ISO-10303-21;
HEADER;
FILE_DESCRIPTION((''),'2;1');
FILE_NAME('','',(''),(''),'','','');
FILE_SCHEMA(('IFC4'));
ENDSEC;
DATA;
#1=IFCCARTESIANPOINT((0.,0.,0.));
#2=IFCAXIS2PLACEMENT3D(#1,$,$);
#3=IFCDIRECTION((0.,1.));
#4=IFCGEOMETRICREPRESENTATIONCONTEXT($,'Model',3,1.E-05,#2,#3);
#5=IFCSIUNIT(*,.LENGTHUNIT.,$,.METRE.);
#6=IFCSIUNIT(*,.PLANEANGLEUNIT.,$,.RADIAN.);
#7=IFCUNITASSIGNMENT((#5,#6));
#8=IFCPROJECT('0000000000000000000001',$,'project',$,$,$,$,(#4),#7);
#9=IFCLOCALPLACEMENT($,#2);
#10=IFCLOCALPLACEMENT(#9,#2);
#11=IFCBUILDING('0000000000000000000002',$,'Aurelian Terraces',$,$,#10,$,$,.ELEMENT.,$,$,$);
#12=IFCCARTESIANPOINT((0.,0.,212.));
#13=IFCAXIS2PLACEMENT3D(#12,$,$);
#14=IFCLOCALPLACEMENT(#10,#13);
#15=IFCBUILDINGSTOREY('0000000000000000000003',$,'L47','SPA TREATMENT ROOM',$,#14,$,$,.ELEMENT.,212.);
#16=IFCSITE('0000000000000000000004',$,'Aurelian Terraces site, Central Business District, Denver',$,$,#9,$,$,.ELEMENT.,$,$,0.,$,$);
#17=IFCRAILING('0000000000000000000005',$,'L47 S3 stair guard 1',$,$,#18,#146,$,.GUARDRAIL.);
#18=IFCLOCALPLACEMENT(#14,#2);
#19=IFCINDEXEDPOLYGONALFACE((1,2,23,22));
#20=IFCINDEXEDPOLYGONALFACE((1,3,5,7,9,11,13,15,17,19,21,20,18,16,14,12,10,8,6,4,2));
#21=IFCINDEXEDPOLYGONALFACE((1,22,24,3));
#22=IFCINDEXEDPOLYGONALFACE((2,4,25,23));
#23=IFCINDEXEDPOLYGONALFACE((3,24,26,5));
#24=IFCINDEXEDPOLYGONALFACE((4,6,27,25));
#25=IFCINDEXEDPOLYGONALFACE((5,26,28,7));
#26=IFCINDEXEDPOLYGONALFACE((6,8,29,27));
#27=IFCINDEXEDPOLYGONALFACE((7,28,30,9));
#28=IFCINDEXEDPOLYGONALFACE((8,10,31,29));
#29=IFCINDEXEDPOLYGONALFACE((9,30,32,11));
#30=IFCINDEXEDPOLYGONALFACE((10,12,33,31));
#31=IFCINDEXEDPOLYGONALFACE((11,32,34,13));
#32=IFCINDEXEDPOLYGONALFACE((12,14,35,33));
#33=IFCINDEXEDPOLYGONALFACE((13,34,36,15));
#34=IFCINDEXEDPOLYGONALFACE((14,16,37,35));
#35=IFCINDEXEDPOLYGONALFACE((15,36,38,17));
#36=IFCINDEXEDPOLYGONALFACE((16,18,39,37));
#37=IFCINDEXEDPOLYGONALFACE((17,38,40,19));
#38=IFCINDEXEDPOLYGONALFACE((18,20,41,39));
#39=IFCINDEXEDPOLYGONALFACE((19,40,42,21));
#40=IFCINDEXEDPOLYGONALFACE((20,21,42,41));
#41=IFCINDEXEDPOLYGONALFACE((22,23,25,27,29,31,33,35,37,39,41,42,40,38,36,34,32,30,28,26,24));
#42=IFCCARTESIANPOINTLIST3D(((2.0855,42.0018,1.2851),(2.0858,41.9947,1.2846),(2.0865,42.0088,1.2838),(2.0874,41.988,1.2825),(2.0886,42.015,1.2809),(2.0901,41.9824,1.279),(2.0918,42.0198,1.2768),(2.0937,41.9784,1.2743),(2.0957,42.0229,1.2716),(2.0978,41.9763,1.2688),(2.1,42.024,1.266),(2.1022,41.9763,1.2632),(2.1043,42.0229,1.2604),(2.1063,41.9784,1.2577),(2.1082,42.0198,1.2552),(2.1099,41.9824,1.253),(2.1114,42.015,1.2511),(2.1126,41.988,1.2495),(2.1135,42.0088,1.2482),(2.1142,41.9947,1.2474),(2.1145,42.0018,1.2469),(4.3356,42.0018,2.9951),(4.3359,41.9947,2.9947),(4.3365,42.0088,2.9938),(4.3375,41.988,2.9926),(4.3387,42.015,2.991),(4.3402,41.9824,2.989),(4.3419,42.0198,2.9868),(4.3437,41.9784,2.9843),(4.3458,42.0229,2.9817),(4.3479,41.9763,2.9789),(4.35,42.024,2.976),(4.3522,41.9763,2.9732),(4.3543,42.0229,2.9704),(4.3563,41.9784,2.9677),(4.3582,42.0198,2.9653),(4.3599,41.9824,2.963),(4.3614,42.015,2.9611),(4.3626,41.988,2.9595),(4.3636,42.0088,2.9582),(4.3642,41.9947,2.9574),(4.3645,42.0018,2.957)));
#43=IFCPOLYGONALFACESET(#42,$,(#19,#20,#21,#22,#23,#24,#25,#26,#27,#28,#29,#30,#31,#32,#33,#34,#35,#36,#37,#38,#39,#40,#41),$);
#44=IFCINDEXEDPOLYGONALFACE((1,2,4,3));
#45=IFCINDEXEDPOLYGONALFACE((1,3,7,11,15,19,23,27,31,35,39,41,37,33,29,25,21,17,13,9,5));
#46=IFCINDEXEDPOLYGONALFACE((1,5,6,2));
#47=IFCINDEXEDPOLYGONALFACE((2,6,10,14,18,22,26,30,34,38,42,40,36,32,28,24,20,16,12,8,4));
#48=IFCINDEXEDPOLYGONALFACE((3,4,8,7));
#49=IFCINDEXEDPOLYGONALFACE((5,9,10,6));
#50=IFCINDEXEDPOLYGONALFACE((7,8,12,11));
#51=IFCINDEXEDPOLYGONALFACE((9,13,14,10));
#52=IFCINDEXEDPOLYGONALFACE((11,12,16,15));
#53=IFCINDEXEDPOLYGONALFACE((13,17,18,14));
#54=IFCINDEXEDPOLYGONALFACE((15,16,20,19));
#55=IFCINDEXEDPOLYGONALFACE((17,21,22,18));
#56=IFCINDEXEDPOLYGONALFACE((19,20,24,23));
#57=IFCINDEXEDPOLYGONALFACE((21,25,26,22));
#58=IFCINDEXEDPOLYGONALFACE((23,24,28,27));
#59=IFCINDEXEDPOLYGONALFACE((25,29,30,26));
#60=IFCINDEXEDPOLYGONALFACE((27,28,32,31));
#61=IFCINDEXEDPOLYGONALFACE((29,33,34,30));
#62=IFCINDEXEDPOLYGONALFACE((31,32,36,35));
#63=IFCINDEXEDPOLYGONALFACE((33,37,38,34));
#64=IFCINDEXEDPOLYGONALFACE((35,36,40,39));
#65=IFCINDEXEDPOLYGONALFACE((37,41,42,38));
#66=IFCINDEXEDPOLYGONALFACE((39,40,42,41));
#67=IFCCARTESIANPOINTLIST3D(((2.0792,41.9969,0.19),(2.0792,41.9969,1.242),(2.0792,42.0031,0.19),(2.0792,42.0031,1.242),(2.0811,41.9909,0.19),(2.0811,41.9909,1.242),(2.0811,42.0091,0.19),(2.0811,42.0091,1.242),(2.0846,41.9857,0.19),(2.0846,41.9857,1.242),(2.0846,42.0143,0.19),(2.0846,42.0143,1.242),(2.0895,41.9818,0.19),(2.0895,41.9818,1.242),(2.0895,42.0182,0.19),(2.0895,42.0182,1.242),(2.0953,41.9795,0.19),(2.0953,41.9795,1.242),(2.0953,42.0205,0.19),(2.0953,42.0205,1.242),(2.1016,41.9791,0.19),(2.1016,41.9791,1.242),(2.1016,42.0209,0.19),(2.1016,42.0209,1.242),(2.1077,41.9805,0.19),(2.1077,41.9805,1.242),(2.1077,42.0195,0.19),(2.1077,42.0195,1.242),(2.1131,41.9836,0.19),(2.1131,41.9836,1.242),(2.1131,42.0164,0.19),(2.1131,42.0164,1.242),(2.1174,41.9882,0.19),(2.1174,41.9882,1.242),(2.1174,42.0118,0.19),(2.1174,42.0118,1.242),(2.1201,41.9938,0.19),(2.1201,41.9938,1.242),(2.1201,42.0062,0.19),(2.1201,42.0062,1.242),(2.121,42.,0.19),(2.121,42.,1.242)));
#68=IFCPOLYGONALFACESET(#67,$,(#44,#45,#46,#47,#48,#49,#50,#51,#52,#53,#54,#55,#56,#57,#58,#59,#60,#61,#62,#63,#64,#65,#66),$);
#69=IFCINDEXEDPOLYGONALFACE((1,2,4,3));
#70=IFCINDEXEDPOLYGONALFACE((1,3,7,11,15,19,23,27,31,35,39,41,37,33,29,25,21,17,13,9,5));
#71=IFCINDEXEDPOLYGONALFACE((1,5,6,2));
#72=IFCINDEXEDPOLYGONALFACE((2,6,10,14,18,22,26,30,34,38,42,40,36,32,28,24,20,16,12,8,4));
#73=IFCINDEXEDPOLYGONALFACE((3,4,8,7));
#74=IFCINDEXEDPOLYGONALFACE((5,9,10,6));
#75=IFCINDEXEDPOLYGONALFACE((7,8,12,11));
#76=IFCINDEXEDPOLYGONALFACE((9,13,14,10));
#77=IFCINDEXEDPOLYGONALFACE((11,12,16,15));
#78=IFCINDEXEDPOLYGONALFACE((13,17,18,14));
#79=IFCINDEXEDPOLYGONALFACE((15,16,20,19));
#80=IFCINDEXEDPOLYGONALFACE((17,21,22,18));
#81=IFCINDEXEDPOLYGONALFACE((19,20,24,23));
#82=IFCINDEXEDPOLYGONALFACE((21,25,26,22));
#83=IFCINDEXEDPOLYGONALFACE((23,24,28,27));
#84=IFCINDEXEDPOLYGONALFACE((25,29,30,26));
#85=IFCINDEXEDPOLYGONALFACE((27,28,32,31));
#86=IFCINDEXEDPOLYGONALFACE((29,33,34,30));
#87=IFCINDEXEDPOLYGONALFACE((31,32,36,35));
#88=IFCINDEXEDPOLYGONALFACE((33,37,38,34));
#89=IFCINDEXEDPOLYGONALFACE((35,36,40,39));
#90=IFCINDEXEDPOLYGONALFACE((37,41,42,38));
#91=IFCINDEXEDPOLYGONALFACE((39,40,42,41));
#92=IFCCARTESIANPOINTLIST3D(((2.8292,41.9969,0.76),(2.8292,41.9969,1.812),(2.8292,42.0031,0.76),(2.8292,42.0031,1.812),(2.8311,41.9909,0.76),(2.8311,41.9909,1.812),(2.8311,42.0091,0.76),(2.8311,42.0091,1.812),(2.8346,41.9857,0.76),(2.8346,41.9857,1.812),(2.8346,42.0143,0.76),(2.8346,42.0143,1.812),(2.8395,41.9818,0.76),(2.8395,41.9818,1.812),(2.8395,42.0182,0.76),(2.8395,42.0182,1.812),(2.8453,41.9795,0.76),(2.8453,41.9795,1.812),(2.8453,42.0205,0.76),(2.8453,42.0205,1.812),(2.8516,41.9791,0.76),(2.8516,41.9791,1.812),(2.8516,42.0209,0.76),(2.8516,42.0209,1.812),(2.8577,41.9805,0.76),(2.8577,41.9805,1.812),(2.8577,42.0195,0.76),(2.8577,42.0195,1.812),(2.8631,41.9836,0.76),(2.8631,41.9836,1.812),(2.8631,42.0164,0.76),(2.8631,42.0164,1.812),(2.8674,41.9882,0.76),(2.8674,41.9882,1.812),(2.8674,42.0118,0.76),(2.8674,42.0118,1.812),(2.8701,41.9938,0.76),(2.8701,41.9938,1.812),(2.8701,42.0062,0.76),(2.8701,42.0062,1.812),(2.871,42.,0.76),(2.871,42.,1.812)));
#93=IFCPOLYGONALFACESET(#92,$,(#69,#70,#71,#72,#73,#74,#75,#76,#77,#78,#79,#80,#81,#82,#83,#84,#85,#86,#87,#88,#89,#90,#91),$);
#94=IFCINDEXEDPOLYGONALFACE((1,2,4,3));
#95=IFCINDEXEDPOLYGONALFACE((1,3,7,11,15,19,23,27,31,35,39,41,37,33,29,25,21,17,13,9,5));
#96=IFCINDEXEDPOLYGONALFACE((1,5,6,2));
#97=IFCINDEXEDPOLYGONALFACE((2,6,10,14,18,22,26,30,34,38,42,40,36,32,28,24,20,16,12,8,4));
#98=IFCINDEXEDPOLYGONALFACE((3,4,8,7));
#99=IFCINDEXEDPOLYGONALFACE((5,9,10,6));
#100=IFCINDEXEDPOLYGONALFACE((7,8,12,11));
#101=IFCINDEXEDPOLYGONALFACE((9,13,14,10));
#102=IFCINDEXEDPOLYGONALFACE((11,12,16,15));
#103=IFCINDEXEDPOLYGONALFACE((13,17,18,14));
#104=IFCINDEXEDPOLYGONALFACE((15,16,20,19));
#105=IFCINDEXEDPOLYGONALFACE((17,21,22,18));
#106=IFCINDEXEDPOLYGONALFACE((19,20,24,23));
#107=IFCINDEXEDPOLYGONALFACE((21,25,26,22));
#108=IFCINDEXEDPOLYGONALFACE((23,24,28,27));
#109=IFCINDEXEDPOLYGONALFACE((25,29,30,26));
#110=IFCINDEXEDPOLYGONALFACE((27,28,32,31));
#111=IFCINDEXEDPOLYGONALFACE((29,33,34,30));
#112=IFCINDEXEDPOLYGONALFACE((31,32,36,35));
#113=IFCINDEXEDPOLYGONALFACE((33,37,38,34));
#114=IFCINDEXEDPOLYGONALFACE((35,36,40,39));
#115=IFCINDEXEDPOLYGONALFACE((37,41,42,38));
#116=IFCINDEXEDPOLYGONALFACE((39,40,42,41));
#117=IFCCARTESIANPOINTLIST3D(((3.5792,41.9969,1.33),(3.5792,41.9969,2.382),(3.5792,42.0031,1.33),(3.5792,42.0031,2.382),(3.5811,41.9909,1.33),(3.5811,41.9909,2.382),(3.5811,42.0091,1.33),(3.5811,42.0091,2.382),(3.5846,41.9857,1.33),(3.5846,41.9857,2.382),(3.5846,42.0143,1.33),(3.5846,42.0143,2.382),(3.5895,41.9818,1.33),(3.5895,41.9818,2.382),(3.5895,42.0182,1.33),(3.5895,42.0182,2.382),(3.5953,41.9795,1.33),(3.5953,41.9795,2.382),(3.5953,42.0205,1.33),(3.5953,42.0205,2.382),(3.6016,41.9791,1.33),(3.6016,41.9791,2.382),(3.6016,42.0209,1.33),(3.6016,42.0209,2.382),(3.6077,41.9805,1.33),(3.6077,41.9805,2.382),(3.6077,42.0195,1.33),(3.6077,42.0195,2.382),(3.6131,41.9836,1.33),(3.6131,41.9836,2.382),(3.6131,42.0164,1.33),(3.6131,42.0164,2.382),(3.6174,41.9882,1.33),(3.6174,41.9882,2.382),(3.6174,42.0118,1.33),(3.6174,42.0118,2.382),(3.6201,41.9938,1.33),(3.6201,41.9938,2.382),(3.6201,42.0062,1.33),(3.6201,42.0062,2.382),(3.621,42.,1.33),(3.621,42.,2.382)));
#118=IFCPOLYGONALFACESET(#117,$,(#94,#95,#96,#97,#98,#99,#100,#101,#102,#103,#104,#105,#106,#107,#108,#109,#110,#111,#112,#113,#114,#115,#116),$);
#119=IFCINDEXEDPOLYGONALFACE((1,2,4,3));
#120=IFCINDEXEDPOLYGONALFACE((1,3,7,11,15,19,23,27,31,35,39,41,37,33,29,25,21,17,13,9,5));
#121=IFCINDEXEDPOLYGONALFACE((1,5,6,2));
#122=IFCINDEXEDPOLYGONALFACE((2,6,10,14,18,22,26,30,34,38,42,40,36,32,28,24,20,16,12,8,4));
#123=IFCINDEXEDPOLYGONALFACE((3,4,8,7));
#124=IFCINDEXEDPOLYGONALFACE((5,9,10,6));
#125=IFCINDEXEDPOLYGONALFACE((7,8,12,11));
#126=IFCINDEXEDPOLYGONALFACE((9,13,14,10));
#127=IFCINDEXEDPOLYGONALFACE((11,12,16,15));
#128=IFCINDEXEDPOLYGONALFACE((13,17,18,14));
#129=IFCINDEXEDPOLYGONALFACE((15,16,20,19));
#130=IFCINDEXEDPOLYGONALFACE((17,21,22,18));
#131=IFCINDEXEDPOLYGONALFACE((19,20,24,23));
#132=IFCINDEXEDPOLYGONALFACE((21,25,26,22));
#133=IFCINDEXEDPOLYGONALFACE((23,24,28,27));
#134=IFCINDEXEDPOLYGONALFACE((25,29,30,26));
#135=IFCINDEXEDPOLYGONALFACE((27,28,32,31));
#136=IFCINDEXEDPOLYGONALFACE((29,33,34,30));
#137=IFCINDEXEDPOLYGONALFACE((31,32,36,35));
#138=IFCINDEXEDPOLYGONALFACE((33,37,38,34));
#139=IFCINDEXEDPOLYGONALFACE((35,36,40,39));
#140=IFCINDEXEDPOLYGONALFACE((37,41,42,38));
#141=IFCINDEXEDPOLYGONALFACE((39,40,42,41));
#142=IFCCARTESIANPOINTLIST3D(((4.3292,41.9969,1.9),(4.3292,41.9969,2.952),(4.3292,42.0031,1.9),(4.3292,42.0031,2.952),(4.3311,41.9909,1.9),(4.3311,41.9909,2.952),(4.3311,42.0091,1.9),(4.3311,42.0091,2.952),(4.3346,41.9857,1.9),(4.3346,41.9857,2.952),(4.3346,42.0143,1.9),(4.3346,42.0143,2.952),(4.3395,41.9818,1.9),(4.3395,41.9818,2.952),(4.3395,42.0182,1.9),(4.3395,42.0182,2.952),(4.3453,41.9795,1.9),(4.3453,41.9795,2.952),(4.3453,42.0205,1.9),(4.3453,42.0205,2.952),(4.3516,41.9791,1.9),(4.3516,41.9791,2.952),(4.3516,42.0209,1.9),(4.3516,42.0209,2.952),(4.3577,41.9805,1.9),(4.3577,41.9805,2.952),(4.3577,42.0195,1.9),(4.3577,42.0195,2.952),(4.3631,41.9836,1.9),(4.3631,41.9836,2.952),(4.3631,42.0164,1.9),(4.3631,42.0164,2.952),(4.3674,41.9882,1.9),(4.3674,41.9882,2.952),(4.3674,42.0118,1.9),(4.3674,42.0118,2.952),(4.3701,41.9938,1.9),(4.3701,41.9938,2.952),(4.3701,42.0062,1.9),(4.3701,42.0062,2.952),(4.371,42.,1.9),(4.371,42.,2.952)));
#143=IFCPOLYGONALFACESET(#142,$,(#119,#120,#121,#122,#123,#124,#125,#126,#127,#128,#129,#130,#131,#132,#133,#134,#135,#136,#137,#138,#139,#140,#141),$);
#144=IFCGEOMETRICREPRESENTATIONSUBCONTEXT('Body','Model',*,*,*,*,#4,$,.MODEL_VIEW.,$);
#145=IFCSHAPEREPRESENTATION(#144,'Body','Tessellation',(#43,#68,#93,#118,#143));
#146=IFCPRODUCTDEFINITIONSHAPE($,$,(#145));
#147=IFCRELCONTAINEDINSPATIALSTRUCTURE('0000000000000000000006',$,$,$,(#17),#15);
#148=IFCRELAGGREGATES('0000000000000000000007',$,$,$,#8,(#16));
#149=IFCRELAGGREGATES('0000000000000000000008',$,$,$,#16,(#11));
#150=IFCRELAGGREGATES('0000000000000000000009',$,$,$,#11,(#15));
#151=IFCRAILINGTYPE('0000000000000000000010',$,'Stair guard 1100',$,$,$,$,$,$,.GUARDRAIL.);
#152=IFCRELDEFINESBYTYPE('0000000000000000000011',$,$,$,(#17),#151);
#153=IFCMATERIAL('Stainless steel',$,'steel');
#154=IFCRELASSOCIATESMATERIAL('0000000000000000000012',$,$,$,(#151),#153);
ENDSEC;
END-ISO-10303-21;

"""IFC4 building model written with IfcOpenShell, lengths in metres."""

from ifc_helpers import new_model, si_unit, direction, frame, origin, origin_2d, place, context, subcontext, project, spatial, circle, extrude, source, transform, mapped, material, type_object, element, save


model = new_model("IFC4")

# Units and contexts
model_context = context("Model", 3, precision=1e-05, world=origin(), true_north=direction((0.0, 1.0)))
body_context = subcontext(model_context, "Body", "Model", "MODEL_VIEW")
ifc_project = project(units=[si_unit("LENGTHUNIT", "METRE"), si_unit("PLANEANGLEUNIT", "RADIAN")], contexts=[model_context])

# Site, building, storey
site_placement = place(None, origin())
site = spatial("IfcSite", under=ifc_project, at=site_placement, Name="Aurelian Terraces site, Central Business District, Denver", CompositionType="ELEMENT", RefElevation=0.0)
building_placement = place(site_placement, origin())
building = spatial("IfcBuilding", under=site, at=building_placement, Name="Aurelian Terraces", CompositionType="ELEMENT")
storey_placement = place(building_placement, frame((0.0, 0.0, 212.0)))
storey = spatial("IfcBuildingStorey", under=building, at=storey_placement, Name="L47", Description="SPA TREATMENT ROOM", CompositionType="ELEMENT", Elevation=212.0)

# Railing
ifc_material_1 = material(Name="Stainless steel", Category="steel")
railing_type_1 = type_object("IfcRailingType", Name="Stair guard 1100", PredefinedType="GUARDRAIL", material=ifc_material_1)
shared_shape_1 = source(origin(), body_context, "Body", "SweptSolid", [
    extrude(circle(Radius=0.024, at=origin_2d()), frame((0.0, 0.0, 1.076), z_axis=(0.796162, 0.0, 0.605083), x_axis=(0.0, 1.0, 0.0)), (0.0, 0.0, 1.0), 2.8261),
    extrude(circle(Radius=0.021, at=origin_2d()), origin(), (0.0, 0.0, 1.0), 1.052),
    extrude(circle(Radius=0.021, at=origin_2d()), frame((0.75, 0.0, 0.57)), (0.0, 0.0, 1.0), 1.052),
    extrude(circle(Radius=0.021, at=origin_2d()), frame((1.5, 0.0, 1.14)), (0.0, 0.0, 1.0), 1.052),
    extrude(circle(Radius=0.021, at=origin_2d()), frame((2.25, 0.0, 1.71)), (0.0, 0.0, 1.0), 1.052),
])
railing_1_placement = place(storey_placement, frame((2.1, 42.0, 0.19)))
element("IfcRailing", 1, at=railing_1_placement, inside=storey, type_object=railing_type_1, Name="L47 S3 stair guard 1", PredefinedType="GUARDRAIL", context=body_context, shape_type="MappedRepresentation", body=[
    mapped(shared_shape_1, transform((0.0, 0.0, 0.0), scale=1.0)),
])

save(model, "model.ifc")
